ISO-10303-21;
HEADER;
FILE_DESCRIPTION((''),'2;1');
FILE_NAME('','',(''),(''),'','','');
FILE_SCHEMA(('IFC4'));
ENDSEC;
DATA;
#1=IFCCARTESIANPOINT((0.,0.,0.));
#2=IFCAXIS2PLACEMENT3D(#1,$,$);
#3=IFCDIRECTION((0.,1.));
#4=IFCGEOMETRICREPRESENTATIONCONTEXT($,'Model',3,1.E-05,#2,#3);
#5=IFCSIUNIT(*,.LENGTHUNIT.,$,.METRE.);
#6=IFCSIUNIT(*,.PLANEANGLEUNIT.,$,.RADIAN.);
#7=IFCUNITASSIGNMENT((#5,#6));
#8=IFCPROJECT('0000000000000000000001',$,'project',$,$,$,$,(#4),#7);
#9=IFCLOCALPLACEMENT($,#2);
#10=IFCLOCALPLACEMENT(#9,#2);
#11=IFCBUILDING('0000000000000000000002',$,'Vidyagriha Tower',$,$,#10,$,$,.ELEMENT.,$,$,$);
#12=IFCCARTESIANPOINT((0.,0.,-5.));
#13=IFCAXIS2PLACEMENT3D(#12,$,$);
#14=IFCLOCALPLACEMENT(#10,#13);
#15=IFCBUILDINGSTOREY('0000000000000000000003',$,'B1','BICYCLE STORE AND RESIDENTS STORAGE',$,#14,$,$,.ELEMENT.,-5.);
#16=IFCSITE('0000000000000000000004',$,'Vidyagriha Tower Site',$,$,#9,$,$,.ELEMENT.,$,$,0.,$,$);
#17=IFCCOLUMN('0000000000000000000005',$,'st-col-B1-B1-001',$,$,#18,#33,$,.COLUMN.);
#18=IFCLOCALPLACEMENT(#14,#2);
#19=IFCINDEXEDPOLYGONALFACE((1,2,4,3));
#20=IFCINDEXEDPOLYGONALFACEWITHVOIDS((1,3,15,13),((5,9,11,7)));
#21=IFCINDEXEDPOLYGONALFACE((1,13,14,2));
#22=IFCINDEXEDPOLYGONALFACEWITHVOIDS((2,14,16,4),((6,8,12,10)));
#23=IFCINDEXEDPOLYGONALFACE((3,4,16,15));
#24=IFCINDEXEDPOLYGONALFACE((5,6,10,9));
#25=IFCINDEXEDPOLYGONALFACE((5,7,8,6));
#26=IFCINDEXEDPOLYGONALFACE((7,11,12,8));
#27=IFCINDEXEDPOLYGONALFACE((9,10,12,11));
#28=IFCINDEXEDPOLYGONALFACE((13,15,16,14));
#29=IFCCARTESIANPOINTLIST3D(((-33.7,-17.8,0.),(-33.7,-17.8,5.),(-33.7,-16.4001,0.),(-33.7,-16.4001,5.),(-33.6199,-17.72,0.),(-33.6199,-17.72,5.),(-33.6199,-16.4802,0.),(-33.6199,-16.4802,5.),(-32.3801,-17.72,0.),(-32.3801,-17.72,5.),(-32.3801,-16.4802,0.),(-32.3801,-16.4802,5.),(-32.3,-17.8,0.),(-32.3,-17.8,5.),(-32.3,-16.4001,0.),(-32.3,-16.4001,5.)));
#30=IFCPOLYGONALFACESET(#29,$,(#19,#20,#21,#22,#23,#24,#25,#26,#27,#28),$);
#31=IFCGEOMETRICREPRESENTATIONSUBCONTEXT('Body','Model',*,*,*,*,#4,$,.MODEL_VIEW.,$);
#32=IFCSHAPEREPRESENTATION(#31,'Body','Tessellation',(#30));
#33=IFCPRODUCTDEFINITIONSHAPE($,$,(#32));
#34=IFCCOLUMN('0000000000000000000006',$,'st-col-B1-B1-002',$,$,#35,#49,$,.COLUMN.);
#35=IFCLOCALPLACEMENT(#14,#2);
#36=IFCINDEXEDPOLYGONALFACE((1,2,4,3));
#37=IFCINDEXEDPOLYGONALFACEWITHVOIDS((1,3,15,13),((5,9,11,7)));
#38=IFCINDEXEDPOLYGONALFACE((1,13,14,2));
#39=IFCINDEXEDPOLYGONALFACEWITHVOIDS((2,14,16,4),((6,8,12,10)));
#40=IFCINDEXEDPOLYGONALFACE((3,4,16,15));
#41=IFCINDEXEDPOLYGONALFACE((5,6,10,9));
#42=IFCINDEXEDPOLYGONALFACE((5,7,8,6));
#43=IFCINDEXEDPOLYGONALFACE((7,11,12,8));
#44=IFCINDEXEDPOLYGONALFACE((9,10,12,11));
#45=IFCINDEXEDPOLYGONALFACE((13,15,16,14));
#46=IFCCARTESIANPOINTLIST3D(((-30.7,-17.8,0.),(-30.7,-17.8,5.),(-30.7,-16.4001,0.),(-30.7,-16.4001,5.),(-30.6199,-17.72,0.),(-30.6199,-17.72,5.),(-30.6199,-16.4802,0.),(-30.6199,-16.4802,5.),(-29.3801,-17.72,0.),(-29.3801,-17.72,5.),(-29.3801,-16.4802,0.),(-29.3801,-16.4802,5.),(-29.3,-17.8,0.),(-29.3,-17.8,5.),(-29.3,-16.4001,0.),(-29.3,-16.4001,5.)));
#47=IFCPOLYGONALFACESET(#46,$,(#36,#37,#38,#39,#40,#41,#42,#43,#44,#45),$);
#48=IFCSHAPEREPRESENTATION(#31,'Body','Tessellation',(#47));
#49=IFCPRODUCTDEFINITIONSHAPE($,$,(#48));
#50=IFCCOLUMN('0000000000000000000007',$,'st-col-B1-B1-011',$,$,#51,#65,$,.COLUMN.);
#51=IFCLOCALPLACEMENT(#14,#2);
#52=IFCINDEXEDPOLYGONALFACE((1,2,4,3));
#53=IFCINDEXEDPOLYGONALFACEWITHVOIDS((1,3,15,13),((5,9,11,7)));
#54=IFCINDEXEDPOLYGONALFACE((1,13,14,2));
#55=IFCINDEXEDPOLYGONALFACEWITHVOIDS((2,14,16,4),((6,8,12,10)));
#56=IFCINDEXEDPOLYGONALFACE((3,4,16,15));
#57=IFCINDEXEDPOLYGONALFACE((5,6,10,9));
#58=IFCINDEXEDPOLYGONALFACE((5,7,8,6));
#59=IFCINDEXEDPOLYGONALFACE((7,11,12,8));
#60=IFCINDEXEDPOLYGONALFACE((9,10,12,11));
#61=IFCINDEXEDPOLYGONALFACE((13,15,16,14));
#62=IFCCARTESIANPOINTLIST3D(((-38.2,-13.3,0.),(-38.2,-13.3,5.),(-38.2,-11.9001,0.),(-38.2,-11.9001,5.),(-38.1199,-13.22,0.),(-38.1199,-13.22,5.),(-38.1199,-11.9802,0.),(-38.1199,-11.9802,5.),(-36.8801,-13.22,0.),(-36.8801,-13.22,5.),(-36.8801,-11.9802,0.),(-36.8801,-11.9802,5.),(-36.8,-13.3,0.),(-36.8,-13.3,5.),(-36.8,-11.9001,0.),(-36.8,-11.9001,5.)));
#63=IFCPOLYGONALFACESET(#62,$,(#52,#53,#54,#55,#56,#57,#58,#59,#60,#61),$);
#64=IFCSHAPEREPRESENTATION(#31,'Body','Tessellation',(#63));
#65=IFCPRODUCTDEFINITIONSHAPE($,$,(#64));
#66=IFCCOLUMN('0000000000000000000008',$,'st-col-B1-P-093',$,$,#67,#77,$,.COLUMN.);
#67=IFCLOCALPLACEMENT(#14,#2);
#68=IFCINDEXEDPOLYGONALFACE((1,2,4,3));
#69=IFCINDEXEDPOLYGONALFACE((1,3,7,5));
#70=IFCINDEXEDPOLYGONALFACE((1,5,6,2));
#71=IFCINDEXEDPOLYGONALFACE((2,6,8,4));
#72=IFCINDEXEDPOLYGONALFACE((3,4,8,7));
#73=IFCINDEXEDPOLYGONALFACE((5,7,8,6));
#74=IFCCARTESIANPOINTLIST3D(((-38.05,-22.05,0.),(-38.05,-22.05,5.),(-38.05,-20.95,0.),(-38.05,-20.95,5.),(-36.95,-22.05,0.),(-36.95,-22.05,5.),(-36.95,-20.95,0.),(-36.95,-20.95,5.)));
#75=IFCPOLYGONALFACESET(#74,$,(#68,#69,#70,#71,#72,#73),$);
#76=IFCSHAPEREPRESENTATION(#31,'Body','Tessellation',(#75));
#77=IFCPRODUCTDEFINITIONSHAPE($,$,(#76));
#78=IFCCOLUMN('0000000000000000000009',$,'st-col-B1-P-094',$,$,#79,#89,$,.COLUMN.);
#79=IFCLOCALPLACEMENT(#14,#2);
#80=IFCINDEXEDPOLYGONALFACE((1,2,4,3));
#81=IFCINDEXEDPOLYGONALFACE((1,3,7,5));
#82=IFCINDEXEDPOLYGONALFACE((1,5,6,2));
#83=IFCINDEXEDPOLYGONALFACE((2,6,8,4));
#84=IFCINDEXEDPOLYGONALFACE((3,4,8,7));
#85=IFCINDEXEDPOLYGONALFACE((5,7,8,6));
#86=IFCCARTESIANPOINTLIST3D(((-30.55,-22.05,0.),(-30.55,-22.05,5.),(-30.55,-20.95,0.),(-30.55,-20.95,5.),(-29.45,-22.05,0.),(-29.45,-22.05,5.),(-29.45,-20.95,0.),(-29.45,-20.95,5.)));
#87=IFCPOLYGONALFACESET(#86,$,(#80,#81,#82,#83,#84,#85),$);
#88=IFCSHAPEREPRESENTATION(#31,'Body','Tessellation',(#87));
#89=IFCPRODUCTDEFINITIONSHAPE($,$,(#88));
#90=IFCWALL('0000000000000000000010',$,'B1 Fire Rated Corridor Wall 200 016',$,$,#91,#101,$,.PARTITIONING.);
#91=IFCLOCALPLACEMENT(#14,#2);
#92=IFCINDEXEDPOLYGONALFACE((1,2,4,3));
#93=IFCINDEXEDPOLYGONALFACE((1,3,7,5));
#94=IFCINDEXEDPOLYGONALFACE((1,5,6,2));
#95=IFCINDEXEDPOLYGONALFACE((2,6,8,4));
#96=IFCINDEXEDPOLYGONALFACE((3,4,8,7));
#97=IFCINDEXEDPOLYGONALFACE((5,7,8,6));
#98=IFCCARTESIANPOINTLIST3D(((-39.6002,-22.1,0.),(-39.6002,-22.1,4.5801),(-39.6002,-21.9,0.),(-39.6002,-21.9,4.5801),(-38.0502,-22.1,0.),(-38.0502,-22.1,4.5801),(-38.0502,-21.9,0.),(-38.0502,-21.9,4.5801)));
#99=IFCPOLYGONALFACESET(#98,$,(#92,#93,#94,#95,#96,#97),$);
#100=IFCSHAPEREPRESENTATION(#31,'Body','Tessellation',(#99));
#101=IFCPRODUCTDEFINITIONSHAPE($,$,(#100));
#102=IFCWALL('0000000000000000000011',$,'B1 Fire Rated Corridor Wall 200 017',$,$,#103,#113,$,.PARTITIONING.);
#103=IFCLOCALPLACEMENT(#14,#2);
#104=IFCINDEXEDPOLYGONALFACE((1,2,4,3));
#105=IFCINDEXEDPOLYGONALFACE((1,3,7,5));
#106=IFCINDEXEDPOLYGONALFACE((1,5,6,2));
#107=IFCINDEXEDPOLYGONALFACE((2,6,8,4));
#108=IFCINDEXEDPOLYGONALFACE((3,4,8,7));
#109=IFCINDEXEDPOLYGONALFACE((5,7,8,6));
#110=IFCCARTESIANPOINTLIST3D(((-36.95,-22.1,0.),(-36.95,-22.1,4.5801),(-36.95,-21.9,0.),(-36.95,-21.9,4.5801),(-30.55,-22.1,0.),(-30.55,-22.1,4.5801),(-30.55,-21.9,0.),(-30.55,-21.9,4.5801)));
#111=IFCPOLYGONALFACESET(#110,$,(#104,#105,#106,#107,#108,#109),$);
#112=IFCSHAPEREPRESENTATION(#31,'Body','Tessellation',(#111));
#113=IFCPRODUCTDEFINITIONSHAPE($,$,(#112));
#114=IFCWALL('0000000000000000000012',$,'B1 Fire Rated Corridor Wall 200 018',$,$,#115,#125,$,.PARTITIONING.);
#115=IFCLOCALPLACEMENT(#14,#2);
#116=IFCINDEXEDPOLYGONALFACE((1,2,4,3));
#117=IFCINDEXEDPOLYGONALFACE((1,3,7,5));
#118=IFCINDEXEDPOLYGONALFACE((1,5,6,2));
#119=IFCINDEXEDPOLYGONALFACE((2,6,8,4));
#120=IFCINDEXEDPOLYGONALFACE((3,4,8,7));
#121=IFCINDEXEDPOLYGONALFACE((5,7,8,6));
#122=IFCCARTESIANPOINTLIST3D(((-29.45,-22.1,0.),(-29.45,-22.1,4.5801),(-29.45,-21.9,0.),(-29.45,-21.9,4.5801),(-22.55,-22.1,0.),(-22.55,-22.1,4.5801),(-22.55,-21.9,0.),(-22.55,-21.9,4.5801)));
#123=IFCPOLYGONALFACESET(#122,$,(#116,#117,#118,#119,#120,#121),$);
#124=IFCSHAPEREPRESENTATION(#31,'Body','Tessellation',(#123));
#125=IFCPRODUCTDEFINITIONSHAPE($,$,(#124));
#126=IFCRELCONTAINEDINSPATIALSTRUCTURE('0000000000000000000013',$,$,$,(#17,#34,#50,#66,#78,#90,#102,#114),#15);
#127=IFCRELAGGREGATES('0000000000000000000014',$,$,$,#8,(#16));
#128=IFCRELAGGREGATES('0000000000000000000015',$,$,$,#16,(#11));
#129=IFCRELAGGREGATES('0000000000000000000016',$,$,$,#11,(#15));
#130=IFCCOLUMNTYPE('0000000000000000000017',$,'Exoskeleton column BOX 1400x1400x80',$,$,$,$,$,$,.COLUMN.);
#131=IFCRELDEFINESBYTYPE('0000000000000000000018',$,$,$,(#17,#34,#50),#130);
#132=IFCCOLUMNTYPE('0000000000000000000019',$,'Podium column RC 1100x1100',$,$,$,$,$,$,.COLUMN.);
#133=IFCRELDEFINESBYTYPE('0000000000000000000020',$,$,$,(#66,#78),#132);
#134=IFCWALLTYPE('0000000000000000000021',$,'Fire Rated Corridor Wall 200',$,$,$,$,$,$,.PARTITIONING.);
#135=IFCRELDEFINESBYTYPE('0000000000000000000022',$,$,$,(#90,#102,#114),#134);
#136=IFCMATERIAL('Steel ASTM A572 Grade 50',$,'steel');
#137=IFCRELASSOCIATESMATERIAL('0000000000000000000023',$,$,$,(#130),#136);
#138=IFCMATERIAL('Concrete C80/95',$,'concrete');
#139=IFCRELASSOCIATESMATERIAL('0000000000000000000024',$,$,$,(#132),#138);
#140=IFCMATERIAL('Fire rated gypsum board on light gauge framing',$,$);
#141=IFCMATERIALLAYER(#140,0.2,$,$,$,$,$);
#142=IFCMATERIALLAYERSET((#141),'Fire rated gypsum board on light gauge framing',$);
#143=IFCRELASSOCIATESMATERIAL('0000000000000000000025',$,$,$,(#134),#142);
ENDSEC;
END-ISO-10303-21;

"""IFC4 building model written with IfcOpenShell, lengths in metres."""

from ifc_helpers import new_model, si_unit, direction, frame, frame_2d, origin, origin_2d, place, context, subcontext, project, spatial, rectangle, hollow_rectangle, extrude, material, layer, layer_set, material_profile, profile_set, type_object, element, save


model = new_model("IFC4")

# Units and contexts
model_context = context("Model", 3, precision=1e-05, world=origin(), true_north=direction((0.0, 1.0)))
body_context = subcontext(model_context, "Body", "Model", "MODEL_VIEW")
ifc_project = project(units=[si_unit("LENGTHUNIT", "METRE"), si_unit("PLANEANGLEUNIT", "RADIAN")], contexts=[model_context])

# Site, building, storey
site_placement = place(None, origin())
site = spatial("IfcSite", under=ifc_project, at=site_placement, Name="Vidyagriha Tower Site", CompositionType="ELEMENT", RefElevation=0.0)
building_placement = place(site_placement, origin())
building = spatial("IfcBuilding", under=site, at=building_placement, Name="Vidyagriha Tower", CompositionType="ELEMENT")
storey_placement = place(building_placement, frame((0.0, 0.0, -5.0)))
storey = spatial("IfcBuildingStorey", under=building, at=storey_placement, Name="B1", Description="BICYCLE STORE AND RESIDENTS STORAGE", CompositionType="ELEMENT", Elevation=-5.0)

# Columns
ifc_material_1 = material(Name="Steel ASTM A572 Grade 50", Category="steel")
ifc_material_profile_1 = material_profile(ifc_material_1, hollow_rectangle(XDim=1.3999, YDim=1.3999, WallThickness=0.0801, at=origin_2d()), Name="BOX 1400x1400x80")
ifc_profile_set_1 = profile_set([ifc_material_profile_1], Name="Steel ASTM A572 Grade 50")
column_type_1 = type_object("IfcColumnType", Name="Exoskeleton column BOX 1400x1400x80", PredefinedType="COLUMN", material=ifc_profile_set_1)
for number, where, name in (
    (1, (-33.0, -17.1001, 0.0), "st-col-B1-B1-001"),
    (2, (-30.0, -17.1001, 0.0), "st-col-B1-B1-002"),
    (3, (-37.5, -12.6001, 0.0), "st-col-B1-B1-011"),
):
    element("IfcColumn", number, at=place(storey_placement, frame(where)), inside=storey, type_object=column_type_1, Name=name, PredefinedType="COLUMN", context=body_context, shape_type="SweptSolid", body=[
        extrude(hollow_rectangle(XDim=1.3999, YDim=1.3999, WallThickness=0.0801, at=origin_2d()), origin(), (0.0, 0.0, 1.0), 5.0),
    ])
ifc_material_2 = material(Name="Concrete C80/95", Category="concrete")
ifc_material_profile_2 = material_profile(ifc_material_2, rectangle(XDim=1.1001, YDim=1.1001, at=origin_2d()), Name="RC 1100x1100")
ifc_profile_set_2 = profile_set([ifc_material_profile_2], Name="Concrete C80/95")
column_type_2 = type_object("IfcColumnType", Name="Podium column RC 1100x1100", PredefinedType="COLUMN", material=ifc_profile_set_2)
for number, where, name in (
    (4, (-37.5, -21.5, 0.0), "st-col-B1-P-093"),
    (5, (-30.0, -21.5, 0.0), "st-col-B1-P-094"),
):
    element("IfcColumn", number, at=place(storey_placement, frame(where)), inside=storey, type_object=column_type_2, Name=name, PredefinedType="COLUMN", context=body_context, shape_type="SweptSolid", body=[
        extrude(rectangle(XDim=1.1001, YDim=1.1001, at=origin_2d()), origin(), (0.0, 0.0, 1.0), 5.0),
    ])

# Walls
ifc_material_3 = material(Name="Fire rated gypsum board on light gauge framing")
ifc_layer = layer(ifc_material_3, 0.2)
ifc_layer_set = layer_set([ifc_layer], Name="Fire rated gypsum board on light gauge framing")
wall_type = type_object("IfcWallType", Name="Fire Rated Corridor Wall 200", PredefinedType="PARTITIONING", material=ifc_layer_set)
wall_1_placement = place(storey_placement, frame((-39.6001, -22.0, 0.0)))
element("IfcWall", 6, at=wall_1_placement, inside=storey, type_object=wall_type, Name="B1 Fire Rated Corridor Wall 200 016", PredefinedType="PARTITIONING", context=body_context, shape_type="SweptSolid", body=[
    extrude(rectangle(XDim=1.55, YDim=0.2, at=frame_2d((0.7749, 0.0))), origin(), (0.0, 0.0, 1.0), 4.5801),
])
wall_2_placement = place(storey_placement, frame((-36.95, -22.0, 0.0)))
element("IfcWall", 7, at=wall_2_placement, inside=storey, type_object=wall_type, Name="B1 Fire Rated Corridor Wall 200 017", PredefinedType="PARTITIONING", context=body_context, shape_type="SweptSolid", body=[
    extrude(rectangle(XDim=6.3999, YDim=0.2, at=frame_2d((3.2, 0.0))), origin(), (0.0, 0.0, 1.0), 4.5801),
])
wall_3_placement = place(storey_placement, frame((-29.45, -22.0, 0.0)))
element("IfcWall", 8, at=wall_3_placement, inside=storey, type_object=wall_type, Name="B1 Fire Rated Corridor Wall 200 018", PredefinedType="PARTITIONING", context=body_context, shape_type="SweptSolid", body=[
    extrude(rectangle(XDim=6.8999, YDim=0.2, at=frame_2d((3.45, 0.0))), origin(), (0.0, 0.0, 1.0), 4.5801),
])

save(model, "model.ifc")
